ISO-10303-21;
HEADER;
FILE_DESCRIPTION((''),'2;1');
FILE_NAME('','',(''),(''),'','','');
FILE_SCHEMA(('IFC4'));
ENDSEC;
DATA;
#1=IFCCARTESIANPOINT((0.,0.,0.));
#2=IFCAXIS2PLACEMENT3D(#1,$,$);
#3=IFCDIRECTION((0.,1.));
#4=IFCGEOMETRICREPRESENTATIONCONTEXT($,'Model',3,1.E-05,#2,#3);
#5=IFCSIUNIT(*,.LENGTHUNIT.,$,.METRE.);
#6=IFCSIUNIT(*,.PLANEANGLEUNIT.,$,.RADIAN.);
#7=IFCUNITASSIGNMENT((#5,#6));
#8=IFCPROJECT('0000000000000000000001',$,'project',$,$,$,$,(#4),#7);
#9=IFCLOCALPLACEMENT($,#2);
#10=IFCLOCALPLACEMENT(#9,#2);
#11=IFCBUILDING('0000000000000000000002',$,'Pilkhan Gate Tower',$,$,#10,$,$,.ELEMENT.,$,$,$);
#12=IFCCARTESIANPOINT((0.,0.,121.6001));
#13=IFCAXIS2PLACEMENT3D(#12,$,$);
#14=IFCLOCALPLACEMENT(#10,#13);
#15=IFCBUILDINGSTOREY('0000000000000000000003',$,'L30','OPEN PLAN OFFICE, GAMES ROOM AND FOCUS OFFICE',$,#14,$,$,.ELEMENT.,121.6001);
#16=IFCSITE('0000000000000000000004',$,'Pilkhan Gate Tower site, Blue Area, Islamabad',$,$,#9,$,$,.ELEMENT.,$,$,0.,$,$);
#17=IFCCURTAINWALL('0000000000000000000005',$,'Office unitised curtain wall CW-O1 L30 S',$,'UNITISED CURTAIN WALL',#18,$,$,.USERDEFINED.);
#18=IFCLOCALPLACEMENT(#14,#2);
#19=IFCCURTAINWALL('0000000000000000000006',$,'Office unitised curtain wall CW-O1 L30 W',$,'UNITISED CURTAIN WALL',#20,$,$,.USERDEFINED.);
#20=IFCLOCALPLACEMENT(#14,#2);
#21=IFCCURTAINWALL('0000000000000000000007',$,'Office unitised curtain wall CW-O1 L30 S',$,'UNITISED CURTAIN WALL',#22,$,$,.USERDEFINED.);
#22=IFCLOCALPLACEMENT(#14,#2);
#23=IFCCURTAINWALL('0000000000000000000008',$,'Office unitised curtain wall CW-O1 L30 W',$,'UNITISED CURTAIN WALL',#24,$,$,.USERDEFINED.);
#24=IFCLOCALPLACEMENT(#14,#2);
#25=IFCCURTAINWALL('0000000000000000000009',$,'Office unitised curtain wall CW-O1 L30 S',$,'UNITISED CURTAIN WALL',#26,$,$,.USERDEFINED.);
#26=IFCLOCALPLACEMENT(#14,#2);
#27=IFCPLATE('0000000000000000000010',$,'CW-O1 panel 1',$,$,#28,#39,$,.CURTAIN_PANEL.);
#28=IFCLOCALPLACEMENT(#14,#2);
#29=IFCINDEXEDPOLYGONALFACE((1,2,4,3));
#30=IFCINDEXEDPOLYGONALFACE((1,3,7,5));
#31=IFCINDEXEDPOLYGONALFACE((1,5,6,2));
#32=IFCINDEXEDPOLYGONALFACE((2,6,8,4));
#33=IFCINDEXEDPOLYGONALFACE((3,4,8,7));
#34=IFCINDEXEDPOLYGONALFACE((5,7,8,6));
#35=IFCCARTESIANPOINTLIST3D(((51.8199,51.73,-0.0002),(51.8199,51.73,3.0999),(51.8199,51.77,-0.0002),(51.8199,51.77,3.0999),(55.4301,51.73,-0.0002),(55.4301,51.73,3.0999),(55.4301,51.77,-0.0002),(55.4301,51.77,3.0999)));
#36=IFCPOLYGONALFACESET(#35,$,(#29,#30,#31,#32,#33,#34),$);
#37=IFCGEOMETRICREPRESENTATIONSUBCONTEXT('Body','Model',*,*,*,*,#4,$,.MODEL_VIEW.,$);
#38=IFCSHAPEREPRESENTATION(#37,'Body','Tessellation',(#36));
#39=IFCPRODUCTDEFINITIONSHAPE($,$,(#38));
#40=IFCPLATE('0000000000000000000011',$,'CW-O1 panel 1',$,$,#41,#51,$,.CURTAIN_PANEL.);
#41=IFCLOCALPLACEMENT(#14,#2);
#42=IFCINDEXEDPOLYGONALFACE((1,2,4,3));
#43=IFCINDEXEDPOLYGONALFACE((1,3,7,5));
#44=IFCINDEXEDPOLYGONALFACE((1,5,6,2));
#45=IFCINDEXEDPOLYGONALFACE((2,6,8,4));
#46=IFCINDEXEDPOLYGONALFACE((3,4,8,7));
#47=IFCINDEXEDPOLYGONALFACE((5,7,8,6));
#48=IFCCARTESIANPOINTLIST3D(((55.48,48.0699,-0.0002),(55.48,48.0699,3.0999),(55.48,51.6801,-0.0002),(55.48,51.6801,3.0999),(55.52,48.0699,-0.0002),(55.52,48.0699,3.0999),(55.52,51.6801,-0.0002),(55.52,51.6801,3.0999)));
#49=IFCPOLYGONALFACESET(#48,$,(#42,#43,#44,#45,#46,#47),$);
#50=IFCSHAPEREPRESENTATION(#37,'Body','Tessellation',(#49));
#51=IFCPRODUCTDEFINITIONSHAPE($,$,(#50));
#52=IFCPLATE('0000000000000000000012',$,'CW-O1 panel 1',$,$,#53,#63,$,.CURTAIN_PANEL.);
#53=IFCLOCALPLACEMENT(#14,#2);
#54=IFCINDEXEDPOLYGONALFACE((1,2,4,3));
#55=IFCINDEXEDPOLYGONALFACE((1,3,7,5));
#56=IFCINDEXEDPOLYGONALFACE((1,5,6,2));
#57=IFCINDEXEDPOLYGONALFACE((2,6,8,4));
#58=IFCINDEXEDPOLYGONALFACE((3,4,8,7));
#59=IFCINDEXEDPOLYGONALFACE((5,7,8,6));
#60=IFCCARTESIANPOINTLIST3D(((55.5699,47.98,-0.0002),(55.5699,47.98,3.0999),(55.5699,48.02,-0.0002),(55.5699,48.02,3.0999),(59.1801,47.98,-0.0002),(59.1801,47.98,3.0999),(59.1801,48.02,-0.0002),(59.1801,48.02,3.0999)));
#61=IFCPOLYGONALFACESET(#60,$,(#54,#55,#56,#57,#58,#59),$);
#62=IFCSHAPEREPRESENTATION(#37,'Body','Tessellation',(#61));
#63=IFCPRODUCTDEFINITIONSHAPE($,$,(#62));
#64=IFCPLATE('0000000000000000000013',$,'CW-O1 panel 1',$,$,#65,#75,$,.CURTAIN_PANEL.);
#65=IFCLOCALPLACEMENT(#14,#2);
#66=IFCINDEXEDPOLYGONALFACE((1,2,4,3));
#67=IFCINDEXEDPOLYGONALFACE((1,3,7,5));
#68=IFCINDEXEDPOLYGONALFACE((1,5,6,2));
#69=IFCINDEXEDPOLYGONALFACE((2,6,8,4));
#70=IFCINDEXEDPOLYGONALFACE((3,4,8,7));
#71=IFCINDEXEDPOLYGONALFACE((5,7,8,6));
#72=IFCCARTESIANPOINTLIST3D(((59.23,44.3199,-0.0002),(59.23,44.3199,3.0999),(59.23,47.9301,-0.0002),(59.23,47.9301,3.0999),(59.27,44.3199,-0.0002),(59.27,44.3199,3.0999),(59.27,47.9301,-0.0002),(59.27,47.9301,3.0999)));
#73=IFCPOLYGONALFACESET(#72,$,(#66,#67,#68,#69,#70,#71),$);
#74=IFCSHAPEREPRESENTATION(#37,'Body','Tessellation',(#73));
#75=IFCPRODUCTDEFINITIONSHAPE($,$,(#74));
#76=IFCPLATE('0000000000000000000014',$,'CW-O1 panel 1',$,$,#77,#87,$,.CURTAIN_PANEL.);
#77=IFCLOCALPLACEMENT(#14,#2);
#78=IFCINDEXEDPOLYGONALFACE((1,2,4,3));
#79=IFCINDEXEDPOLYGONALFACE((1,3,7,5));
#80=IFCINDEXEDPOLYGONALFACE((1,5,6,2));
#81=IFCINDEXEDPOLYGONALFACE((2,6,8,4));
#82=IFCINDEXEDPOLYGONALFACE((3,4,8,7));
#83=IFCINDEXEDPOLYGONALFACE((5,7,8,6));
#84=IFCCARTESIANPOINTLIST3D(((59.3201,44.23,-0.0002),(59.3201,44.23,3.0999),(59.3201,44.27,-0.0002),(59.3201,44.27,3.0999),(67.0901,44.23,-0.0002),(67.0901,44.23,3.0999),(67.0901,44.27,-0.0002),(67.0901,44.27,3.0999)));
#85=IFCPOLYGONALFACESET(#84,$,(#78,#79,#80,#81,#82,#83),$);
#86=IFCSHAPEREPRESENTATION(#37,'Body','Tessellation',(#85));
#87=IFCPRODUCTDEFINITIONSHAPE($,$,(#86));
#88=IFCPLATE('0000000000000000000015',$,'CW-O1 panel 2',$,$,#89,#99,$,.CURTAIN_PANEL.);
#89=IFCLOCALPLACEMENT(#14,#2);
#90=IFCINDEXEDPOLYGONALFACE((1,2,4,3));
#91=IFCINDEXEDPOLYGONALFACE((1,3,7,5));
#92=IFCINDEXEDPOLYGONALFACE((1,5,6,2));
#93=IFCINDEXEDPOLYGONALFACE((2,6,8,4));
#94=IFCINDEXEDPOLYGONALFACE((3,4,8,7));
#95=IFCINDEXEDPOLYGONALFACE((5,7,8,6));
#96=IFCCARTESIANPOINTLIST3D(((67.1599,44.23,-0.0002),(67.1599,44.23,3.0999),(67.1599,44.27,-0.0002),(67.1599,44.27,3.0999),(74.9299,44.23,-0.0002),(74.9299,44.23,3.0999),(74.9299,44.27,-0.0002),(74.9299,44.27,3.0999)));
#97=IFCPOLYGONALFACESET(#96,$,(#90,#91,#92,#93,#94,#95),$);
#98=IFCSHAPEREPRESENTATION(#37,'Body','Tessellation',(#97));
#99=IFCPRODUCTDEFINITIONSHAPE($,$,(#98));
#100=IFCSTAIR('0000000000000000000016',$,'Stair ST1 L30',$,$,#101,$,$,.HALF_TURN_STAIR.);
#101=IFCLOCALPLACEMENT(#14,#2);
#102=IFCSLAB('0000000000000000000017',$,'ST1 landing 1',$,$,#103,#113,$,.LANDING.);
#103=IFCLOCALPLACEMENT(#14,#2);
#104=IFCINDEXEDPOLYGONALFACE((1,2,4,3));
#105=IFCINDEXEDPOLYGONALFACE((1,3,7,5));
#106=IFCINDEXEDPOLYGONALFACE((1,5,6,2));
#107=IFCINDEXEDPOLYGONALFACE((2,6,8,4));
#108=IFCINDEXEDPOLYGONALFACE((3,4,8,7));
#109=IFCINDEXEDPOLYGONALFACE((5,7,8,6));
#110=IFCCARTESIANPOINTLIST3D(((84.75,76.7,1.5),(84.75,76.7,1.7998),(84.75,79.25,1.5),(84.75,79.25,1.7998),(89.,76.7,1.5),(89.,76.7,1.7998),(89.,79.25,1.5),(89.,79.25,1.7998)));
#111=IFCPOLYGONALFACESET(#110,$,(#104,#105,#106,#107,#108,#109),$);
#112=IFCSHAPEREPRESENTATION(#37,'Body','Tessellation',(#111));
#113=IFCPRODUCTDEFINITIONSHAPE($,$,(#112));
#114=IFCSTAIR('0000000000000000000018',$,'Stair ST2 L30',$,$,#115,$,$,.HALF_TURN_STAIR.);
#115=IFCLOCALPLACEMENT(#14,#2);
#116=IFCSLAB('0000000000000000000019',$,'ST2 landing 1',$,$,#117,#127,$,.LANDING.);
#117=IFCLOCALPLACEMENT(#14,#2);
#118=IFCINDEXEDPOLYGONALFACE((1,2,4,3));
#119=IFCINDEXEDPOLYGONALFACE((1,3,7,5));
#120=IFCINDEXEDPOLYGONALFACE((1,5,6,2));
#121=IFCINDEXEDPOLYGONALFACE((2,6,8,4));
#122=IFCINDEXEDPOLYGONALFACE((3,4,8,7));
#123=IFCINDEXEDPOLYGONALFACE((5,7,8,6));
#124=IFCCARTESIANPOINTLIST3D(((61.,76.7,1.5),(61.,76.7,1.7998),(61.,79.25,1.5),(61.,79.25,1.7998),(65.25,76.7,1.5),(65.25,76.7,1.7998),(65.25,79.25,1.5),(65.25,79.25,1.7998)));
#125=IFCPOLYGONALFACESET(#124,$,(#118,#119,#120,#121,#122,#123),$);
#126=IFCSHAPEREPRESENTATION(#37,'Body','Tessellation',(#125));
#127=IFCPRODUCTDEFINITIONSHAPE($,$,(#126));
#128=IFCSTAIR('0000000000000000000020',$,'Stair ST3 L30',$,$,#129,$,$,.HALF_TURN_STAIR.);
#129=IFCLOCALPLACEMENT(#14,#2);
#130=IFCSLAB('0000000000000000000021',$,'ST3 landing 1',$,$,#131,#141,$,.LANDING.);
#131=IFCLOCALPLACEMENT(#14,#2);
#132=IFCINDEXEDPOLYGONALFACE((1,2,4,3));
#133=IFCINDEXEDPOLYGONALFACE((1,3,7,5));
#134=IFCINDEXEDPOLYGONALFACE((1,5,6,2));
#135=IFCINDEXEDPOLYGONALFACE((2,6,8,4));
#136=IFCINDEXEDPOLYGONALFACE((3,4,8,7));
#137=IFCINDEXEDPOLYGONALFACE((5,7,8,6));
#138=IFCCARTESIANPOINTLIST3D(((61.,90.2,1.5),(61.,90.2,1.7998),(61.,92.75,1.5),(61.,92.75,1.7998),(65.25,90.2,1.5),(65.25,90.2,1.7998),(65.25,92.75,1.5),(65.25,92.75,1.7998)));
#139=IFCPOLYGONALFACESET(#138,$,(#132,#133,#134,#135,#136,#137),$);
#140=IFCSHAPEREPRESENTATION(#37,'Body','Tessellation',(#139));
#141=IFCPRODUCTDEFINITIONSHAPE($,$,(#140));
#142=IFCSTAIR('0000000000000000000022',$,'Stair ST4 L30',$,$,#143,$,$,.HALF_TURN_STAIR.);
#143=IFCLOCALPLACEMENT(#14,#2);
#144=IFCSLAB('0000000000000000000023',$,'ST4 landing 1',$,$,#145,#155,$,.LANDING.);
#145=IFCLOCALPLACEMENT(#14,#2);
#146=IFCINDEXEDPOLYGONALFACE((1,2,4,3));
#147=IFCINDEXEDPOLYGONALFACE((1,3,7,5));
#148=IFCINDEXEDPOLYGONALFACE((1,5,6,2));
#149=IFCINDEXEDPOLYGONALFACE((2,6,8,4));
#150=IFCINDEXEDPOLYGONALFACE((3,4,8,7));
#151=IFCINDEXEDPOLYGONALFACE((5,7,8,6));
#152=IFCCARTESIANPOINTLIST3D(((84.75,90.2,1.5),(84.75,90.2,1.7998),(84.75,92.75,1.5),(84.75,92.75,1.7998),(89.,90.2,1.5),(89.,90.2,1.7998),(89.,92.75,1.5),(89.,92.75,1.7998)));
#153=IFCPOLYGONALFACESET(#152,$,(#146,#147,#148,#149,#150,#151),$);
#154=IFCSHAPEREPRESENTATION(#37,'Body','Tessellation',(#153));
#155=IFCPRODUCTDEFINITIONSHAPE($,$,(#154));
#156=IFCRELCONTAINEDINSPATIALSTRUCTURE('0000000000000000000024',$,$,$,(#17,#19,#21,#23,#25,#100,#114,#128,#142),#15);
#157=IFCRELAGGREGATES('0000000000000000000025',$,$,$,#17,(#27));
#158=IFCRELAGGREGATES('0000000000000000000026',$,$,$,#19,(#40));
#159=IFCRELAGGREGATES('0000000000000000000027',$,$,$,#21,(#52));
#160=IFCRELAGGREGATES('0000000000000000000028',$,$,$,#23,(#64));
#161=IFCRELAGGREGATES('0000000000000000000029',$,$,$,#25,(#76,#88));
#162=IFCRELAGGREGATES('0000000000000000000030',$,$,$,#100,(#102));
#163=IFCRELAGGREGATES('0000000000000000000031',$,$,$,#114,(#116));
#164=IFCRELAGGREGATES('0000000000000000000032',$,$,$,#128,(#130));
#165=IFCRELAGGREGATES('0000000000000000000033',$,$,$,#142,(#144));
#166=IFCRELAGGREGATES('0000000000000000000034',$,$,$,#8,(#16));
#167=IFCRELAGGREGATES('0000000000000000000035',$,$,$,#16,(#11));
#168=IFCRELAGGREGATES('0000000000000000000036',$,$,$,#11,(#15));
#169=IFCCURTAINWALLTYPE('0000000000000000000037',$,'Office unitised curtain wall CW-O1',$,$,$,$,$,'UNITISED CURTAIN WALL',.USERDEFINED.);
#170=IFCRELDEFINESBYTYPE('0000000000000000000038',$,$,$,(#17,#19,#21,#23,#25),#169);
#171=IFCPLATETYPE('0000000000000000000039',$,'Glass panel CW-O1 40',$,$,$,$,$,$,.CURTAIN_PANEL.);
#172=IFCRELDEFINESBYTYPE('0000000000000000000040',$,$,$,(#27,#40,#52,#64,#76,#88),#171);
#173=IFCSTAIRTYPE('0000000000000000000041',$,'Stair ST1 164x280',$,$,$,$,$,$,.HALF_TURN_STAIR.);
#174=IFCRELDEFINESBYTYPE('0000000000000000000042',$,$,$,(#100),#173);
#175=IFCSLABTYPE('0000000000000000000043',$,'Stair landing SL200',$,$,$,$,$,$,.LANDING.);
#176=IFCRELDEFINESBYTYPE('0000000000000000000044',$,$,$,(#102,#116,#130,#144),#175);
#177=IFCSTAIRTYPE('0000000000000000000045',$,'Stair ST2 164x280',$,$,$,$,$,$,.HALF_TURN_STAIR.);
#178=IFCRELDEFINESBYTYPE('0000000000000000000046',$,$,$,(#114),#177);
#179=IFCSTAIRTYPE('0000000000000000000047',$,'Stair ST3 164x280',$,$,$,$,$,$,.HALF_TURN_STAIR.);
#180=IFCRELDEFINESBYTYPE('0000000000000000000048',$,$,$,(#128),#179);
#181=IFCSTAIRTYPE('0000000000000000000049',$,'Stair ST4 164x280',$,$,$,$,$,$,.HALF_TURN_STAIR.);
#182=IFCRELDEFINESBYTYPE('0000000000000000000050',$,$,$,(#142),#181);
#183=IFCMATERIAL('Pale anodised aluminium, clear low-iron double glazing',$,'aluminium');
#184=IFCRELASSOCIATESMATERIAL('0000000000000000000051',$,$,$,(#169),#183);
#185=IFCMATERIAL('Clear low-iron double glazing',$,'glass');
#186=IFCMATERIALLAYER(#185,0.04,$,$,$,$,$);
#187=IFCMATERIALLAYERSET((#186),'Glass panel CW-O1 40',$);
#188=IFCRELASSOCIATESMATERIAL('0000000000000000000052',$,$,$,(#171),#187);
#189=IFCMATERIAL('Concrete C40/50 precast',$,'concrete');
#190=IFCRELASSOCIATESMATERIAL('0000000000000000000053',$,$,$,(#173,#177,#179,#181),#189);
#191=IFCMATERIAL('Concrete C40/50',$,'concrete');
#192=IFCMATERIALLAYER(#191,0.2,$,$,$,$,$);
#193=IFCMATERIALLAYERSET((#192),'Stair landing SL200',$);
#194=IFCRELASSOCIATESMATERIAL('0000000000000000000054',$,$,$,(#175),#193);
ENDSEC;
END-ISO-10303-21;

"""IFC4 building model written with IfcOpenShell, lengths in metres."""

from ifc_helpers import new_model, si_unit, direction, frame, origin, origin_2d, place, context, subcontext, project, spatial, polyline, rectangle, outline, extrude, material, layer, layer_set, type_object, element, aggregate, save


model = new_model("IFC4")

# Units and contexts
model_context = context("Model", 3, precision=1e-05, world=origin(), true_north=direction((0.0, 1.0)))
body_context = subcontext(model_context, "Body", "Model", "MODEL_VIEW")
ifc_project = project(units=[si_unit("LENGTHUNIT", "METRE"), si_unit("PLANEANGLEUNIT", "RADIAN")], contexts=[model_context])

# Site, building, storey
site_placement = place(None, origin())
site = spatial("IfcSite", under=ifc_project, at=site_placement, Name="Pilkhan Gate Tower site, Blue Area, Islamabad", CompositionType="ELEMENT", RefElevation=0.0)
building_placement = place(site_placement, origin())
building = spatial("IfcBuilding", under=site, at=building_placement, Name="Pilkhan Gate Tower", CompositionType="ELEMENT")
storey_placement = place(building_placement, frame((0.0, 0.0, 121.6001)))
storey = spatial("IfcBuildingStorey", under=building, at=storey_placement, Name="L30", Description="OPEN PLAN OFFICE, GAMES ROOM AND FOCUS OFFICE", CompositionType="ELEMENT", Elevation=121.6001)

# Shared definitions
ifc_material_1 = material(Name="Pale anodised aluminium, clear low-iron double glazing", Category="aluminium")
curtain_wall_type = type_object("IfcCurtainWallType", Name="Office unitised curtain wall CW-O1", ElementType="UNITISED CURTAIN WALL", PredefinedType="USERDEFINED", material=ifc_material_1)

# Curtain walls
curtain_wall_1_placement = place(storey_placement, origin())
curtain_wall_1 = element("IfcCurtainWall", 1, at=curtain_wall_1_placement, inside=storey, type_object=curtain_wall_type, Name="Office unitised curtain wall CW-O1 L30 S", ObjectType="UNITISED CURTAIN WALL", PredefinedType="USERDEFINED")
curtain_wall_2_placement = place(storey_placement, origin())
curtain_wall_2 = element("IfcCurtainWall", 2, at=curtain_wall_2_placement, inside=storey, type_object=curtain_wall_type, Name="Office unitised curtain wall CW-O1 L30 W", ObjectType="UNITISED CURTAIN WALL", PredefinedType="USERDEFINED")
curtain_wall_3_placement = place(storey_placement, origin())
curtain_wall_3 = element("IfcCurtainWall", 3, at=curtain_wall_3_placement, inside=storey, type_object=curtain_wall_type, Name="Office unitised curtain wall CW-O1 L30 S", ObjectType="UNITISED CURTAIN WALL", PredefinedType="USERDEFINED")
curtain_wall_4_placement = place(storey_placement, origin())
curtain_wall_4 = element("IfcCurtainWall", 4, at=curtain_wall_4_placement, inside=storey, type_object=curtain_wall_type, Name="Office unitised curtain wall CW-O1 L30 W", ObjectType="UNITISED CURTAIN WALL", PredefinedType="USERDEFINED")
curtain_wall_5_placement = place(storey_placement, origin())
curtain_wall_5 = element("IfcCurtainWall", 5, at=curtain_wall_5_placement, inside=storey, type_object=curtain_wall_type, Name="Office unitised curtain wall CW-O1 L30 S", ObjectType="UNITISED CURTAIN WALL", PredefinedType="USERDEFINED")

# Shared definitions
ifc_material_2 = material(Name="Concrete C40/50", Category="concrete")

# Plates
ifc_material_3 = material(Name="Clear low-iron double glazing", Category="glass")
ifc_layer_1 = layer(ifc_material_3, 0.04)
ifc_layer_set_1 = layer_set([ifc_layer_1], Name="Glass panel CW-O1 40")
plate_type = type_object("IfcPlateType", Name="Glass panel CW-O1 40", PredefinedType="CURTAIN_PANEL", material=ifc_layer_set_1)
plate_1_placement = place(storey_placement, frame((53.625, 51.75, -0.0002), z_axis=(0.0, 0.0, 1.0), x_axis=(1.0, 0.0, 0.0)))
plate_1 = element("IfcPlate", 6, at=plate_1_placement, type_object=plate_type, Name="CW-O1 panel 1", PredefinedType="CURTAIN_PANEL", context=body_context, shape_type="SweptSolid", body=[
    extrude(rectangle(XDim=3.6101, YDim=0.04, at=origin_2d()), origin(), (0.0, 0.0, 1.0), 3.1001),
])
aggregate(curtain_wall_1, [plate_1])
plate_2_placement = place(storey_placement, frame((55.5, 49.875, -0.0002), z_axis=(0.0, 0.0, 1.0), x_axis=(0.0, 1.0, 0.0)))
plate_2 = element("IfcPlate", 7, at=plate_2_placement, type_object=plate_type, Name="CW-O1 panel 1", PredefinedType="CURTAIN_PANEL", context=body_context, shape_type="SweptSolid", body=[
    extrude(rectangle(XDim=3.6101, YDim=0.04, at=origin_2d()), origin(), (0.0, 0.0, 1.0), 3.1001),
])
aggregate(curtain_wall_2, [plate_2])
plate_3_placement = place(storey_placement, frame((57.375, 48.0, -0.0002), z_axis=(0.0, 0.0, 1.0), x_axis=(1.0, 0.0, 0.0)))
plate_3 = element("IfcPlate", 8, at=plate_3_placement, type_object=plate_type, Name="CW-O1 panel 1", PredefinedType="CURTAIN_PANEL", context=body_context, shape_type="SweptSolid", body=[
    extrude(rectangle(XDim=3.6101, YDim=0.04, at=origin_2d()), origin(), (0.0, 0.0, 1.0), 3.1001),
])
aggregate(curtain_wall_3, [plate_3])
plate_4_placement = place(storey_placement, frame((59.25, 46.125, -0.0002), z_axis=(0.0, 0.0, 1.0), x_axis=(0.0, 1.0, 0.0)))
plate_4 = element("IfcPlate", 9, at=plate_4_placement, type_object=plate_type, Name="CW-O1 panel 1", PredefinedType="CURTAIN_PANEL", context=body_context, shape_type="SweptSolid", body=[
    extrude(rectangle(XDim=3.6101, YDim=0.04, at=origin_2d()), origin(), (0.0, 0.0, 1.0), 3.1001),
])
aggregate(curtain_wall_4, [plate_4])
plate_5_placement = place(storey_placement, frame((63.2051, 44.25, -0.0002), z_axis=(0.0, 0.0, 1.0), x_axis=(1.0, 0.0, 0.0)))
plate_5 = element("IfcPlate", 10, at=plate_5_placement, type_object=plate_type, Name="CW-O1 panel 1", PredefinedType="CURTAIN_PANEL", context=body_context, shape_type="SweptSolid", body=[
    extrude(rectangle(XDim=7.77, YDim=0.04, at=origin_2d()), origin(), (0.0, 0.0, 1.0), 3.1001),
])
plate_6_placement = place(storey_placement, frame((71.0449, 44.25, -0.0002), z_axis=(0.0, 0.0, 1.0), x_axis=(1.0, 0.0, 0.0)))
plate_6 = element("IfcPlate", 11, at=plate_6_placement, type_object=plate_type, Name="CW-O1 panel 2", PredefinedType="CURTAIN_PANEL", context=body_context, shape_type="SweptSolid", body=[
    extrude(rectangle(XDim=7.77, YDim=0.04, at=origin_2d()), origin(), (0.0, 0.0, 1.0), 3.1001),
])
aggregate(curtain_wall_5, [plate_5, plate_6])

# Stairs, slabs
ifc_material_4 = material(Name="Concrete C40/50 precast", Category="concrete")
stair_type_1 = type_object("IfcStairType", Name="Stair ST1 164x280", PredefinedType="HALF_TURN_STAIR", material=ifc_material_4)
stair_1_placement = place(storey_placement, origin())
stair_1 = element("IfcStair", 12, at=stair_1_placement, inside=storey, type_object=stair_type_1, Name="Stair ST1 L30", PredefinedType="HALF_TURN_STAIR")
ifc_layer_2 = layer(ifc_material_2, 0.2)
ifc_layer_set_2 = layer_set([ifc_layer_2], Name="Stair landing SL200")
slab_type_1 = type_object("IfcSlabType", Name="Stair landing SL200", PredefinedType="LANDING", material=ifc_layer_set_2)
slab_1_placement = place(storey_placement, frame((0.0, 0.0, 1.5)))
slab_1 = element("IfcSlab", 13, at=slab_1_placement, type_object=slab_type_1, Name="ST1 landing 1", PredefinedType="LANDING", context=body_context, shape_type="SweptSolid", body=[
    extrude(outline(polyline([(89.0, 76.7), (89.0, 79.25), (84.75, 79.25), (84.75, 76.7), (89.0, 76.7)])), origin(), (0.0, 0.0, 1.0), 0.2998),
])
aggregate(stair_1, [slab_1])
stair_type_2 = type_object("IfcStairType", Name="Stair ST2 164x280", PredefinedType="HALF_TURN_STAIR", material=ifc_material_4)
stair_2_placement = place(storey_placement, origin())
stair_2 = element("IfcStair", 14, at=stair_2_placement, inside=storey, type_object=stair_type_2, Name="Stair ST2 L30", PredefinedType="HALF_TURN_STAIR")
slab_2_placement = place(storey_placement, frame((0.0, 0.0, 1.5)))
slab_2 = element("IfcSlab", 15, at=slab_2_placement, type_object=slab_type_1, Name="ST2 landing 1", PredefinedType="LANDING", context=body_context, shape_type="SweptSolid", body=[
    extrude(outline(polyline([(65.25, 76.7), (65.25, 79.25), (61.0, 79.25), (61.0, 76.7), (65.25, 76.7)])), origin(), (0.0, 0.0, 1.0), 0.2998),
])
aggregate(stair_2, [slab_2])
stair_type_3 = type_object("IfcStairType", Name="Stair ST3 164x280", PredefinedType="HALF_TURN_STAIR", material=ifc_material_4)
stair_3_placement = place(storey_placement, origin())
stair_3 = element("IfcStair", 16, at=stair_3_placement, inside=storey, type_object=stair_type_3, Name="Stair ST3 L30", PredefinedType="HALF_TURN_STAIR")
slab_3_placement = place(storey_placement, frame((0.0, 0.0, 1.5)))
slab_3 = element("IfcSlab", 17, at=slab_3_placement, type_object=slab_type_1, Name="ST3 landing 1", PredefinedType="LANDING", context=body_context, shape_type="SweptSolid", body=[
    extrude(outline(polyline([(65.25, 90.2), (65.25, 92.75), (61.0, 92.75), (61.0, 90.2), (65.25, 90.2)])), origin(), (0.0, 0.0, 1.0), 0.2998),
])
aggregate(stair_3, [slab_3])
stair_type_4 = type_object("IfcStairType", Name="Stair ST4 164x280", PredefinedType="HALF_TURN_STAIR", material=ifc_material_4)
stair_4_placement = place(storey_placement, origin())
stair_4 = element("IfcStair", 18, at=stair_4_placement, inside=storey, type_object=stair_type_4, Name="Stair ST4 L30", PredefinedType="HALF_TURN_STAIR")
slab_4_placement = place(storey_placement, frame((0.0, 0.0, 1.5)))
slab_4 = element("IfcSlab", 19, at=slab_4_placement, type_object=slab_type_1, Name="ST4 landing 1", PredefinedType="LANDING", context=body_context, shape_type="SweptSolid", body=[
    extrude(outline(polyline([(89.0, 90.2), (89.0, 92.75), (84.75, 92.75), (84.75, 90.2), (89.0, 90.2)])), origin(), (0.0, 0.0, 1.0), 0.2998),
])
aggregate(stair_4, [slab_4])

save(model, "model.ifc")
